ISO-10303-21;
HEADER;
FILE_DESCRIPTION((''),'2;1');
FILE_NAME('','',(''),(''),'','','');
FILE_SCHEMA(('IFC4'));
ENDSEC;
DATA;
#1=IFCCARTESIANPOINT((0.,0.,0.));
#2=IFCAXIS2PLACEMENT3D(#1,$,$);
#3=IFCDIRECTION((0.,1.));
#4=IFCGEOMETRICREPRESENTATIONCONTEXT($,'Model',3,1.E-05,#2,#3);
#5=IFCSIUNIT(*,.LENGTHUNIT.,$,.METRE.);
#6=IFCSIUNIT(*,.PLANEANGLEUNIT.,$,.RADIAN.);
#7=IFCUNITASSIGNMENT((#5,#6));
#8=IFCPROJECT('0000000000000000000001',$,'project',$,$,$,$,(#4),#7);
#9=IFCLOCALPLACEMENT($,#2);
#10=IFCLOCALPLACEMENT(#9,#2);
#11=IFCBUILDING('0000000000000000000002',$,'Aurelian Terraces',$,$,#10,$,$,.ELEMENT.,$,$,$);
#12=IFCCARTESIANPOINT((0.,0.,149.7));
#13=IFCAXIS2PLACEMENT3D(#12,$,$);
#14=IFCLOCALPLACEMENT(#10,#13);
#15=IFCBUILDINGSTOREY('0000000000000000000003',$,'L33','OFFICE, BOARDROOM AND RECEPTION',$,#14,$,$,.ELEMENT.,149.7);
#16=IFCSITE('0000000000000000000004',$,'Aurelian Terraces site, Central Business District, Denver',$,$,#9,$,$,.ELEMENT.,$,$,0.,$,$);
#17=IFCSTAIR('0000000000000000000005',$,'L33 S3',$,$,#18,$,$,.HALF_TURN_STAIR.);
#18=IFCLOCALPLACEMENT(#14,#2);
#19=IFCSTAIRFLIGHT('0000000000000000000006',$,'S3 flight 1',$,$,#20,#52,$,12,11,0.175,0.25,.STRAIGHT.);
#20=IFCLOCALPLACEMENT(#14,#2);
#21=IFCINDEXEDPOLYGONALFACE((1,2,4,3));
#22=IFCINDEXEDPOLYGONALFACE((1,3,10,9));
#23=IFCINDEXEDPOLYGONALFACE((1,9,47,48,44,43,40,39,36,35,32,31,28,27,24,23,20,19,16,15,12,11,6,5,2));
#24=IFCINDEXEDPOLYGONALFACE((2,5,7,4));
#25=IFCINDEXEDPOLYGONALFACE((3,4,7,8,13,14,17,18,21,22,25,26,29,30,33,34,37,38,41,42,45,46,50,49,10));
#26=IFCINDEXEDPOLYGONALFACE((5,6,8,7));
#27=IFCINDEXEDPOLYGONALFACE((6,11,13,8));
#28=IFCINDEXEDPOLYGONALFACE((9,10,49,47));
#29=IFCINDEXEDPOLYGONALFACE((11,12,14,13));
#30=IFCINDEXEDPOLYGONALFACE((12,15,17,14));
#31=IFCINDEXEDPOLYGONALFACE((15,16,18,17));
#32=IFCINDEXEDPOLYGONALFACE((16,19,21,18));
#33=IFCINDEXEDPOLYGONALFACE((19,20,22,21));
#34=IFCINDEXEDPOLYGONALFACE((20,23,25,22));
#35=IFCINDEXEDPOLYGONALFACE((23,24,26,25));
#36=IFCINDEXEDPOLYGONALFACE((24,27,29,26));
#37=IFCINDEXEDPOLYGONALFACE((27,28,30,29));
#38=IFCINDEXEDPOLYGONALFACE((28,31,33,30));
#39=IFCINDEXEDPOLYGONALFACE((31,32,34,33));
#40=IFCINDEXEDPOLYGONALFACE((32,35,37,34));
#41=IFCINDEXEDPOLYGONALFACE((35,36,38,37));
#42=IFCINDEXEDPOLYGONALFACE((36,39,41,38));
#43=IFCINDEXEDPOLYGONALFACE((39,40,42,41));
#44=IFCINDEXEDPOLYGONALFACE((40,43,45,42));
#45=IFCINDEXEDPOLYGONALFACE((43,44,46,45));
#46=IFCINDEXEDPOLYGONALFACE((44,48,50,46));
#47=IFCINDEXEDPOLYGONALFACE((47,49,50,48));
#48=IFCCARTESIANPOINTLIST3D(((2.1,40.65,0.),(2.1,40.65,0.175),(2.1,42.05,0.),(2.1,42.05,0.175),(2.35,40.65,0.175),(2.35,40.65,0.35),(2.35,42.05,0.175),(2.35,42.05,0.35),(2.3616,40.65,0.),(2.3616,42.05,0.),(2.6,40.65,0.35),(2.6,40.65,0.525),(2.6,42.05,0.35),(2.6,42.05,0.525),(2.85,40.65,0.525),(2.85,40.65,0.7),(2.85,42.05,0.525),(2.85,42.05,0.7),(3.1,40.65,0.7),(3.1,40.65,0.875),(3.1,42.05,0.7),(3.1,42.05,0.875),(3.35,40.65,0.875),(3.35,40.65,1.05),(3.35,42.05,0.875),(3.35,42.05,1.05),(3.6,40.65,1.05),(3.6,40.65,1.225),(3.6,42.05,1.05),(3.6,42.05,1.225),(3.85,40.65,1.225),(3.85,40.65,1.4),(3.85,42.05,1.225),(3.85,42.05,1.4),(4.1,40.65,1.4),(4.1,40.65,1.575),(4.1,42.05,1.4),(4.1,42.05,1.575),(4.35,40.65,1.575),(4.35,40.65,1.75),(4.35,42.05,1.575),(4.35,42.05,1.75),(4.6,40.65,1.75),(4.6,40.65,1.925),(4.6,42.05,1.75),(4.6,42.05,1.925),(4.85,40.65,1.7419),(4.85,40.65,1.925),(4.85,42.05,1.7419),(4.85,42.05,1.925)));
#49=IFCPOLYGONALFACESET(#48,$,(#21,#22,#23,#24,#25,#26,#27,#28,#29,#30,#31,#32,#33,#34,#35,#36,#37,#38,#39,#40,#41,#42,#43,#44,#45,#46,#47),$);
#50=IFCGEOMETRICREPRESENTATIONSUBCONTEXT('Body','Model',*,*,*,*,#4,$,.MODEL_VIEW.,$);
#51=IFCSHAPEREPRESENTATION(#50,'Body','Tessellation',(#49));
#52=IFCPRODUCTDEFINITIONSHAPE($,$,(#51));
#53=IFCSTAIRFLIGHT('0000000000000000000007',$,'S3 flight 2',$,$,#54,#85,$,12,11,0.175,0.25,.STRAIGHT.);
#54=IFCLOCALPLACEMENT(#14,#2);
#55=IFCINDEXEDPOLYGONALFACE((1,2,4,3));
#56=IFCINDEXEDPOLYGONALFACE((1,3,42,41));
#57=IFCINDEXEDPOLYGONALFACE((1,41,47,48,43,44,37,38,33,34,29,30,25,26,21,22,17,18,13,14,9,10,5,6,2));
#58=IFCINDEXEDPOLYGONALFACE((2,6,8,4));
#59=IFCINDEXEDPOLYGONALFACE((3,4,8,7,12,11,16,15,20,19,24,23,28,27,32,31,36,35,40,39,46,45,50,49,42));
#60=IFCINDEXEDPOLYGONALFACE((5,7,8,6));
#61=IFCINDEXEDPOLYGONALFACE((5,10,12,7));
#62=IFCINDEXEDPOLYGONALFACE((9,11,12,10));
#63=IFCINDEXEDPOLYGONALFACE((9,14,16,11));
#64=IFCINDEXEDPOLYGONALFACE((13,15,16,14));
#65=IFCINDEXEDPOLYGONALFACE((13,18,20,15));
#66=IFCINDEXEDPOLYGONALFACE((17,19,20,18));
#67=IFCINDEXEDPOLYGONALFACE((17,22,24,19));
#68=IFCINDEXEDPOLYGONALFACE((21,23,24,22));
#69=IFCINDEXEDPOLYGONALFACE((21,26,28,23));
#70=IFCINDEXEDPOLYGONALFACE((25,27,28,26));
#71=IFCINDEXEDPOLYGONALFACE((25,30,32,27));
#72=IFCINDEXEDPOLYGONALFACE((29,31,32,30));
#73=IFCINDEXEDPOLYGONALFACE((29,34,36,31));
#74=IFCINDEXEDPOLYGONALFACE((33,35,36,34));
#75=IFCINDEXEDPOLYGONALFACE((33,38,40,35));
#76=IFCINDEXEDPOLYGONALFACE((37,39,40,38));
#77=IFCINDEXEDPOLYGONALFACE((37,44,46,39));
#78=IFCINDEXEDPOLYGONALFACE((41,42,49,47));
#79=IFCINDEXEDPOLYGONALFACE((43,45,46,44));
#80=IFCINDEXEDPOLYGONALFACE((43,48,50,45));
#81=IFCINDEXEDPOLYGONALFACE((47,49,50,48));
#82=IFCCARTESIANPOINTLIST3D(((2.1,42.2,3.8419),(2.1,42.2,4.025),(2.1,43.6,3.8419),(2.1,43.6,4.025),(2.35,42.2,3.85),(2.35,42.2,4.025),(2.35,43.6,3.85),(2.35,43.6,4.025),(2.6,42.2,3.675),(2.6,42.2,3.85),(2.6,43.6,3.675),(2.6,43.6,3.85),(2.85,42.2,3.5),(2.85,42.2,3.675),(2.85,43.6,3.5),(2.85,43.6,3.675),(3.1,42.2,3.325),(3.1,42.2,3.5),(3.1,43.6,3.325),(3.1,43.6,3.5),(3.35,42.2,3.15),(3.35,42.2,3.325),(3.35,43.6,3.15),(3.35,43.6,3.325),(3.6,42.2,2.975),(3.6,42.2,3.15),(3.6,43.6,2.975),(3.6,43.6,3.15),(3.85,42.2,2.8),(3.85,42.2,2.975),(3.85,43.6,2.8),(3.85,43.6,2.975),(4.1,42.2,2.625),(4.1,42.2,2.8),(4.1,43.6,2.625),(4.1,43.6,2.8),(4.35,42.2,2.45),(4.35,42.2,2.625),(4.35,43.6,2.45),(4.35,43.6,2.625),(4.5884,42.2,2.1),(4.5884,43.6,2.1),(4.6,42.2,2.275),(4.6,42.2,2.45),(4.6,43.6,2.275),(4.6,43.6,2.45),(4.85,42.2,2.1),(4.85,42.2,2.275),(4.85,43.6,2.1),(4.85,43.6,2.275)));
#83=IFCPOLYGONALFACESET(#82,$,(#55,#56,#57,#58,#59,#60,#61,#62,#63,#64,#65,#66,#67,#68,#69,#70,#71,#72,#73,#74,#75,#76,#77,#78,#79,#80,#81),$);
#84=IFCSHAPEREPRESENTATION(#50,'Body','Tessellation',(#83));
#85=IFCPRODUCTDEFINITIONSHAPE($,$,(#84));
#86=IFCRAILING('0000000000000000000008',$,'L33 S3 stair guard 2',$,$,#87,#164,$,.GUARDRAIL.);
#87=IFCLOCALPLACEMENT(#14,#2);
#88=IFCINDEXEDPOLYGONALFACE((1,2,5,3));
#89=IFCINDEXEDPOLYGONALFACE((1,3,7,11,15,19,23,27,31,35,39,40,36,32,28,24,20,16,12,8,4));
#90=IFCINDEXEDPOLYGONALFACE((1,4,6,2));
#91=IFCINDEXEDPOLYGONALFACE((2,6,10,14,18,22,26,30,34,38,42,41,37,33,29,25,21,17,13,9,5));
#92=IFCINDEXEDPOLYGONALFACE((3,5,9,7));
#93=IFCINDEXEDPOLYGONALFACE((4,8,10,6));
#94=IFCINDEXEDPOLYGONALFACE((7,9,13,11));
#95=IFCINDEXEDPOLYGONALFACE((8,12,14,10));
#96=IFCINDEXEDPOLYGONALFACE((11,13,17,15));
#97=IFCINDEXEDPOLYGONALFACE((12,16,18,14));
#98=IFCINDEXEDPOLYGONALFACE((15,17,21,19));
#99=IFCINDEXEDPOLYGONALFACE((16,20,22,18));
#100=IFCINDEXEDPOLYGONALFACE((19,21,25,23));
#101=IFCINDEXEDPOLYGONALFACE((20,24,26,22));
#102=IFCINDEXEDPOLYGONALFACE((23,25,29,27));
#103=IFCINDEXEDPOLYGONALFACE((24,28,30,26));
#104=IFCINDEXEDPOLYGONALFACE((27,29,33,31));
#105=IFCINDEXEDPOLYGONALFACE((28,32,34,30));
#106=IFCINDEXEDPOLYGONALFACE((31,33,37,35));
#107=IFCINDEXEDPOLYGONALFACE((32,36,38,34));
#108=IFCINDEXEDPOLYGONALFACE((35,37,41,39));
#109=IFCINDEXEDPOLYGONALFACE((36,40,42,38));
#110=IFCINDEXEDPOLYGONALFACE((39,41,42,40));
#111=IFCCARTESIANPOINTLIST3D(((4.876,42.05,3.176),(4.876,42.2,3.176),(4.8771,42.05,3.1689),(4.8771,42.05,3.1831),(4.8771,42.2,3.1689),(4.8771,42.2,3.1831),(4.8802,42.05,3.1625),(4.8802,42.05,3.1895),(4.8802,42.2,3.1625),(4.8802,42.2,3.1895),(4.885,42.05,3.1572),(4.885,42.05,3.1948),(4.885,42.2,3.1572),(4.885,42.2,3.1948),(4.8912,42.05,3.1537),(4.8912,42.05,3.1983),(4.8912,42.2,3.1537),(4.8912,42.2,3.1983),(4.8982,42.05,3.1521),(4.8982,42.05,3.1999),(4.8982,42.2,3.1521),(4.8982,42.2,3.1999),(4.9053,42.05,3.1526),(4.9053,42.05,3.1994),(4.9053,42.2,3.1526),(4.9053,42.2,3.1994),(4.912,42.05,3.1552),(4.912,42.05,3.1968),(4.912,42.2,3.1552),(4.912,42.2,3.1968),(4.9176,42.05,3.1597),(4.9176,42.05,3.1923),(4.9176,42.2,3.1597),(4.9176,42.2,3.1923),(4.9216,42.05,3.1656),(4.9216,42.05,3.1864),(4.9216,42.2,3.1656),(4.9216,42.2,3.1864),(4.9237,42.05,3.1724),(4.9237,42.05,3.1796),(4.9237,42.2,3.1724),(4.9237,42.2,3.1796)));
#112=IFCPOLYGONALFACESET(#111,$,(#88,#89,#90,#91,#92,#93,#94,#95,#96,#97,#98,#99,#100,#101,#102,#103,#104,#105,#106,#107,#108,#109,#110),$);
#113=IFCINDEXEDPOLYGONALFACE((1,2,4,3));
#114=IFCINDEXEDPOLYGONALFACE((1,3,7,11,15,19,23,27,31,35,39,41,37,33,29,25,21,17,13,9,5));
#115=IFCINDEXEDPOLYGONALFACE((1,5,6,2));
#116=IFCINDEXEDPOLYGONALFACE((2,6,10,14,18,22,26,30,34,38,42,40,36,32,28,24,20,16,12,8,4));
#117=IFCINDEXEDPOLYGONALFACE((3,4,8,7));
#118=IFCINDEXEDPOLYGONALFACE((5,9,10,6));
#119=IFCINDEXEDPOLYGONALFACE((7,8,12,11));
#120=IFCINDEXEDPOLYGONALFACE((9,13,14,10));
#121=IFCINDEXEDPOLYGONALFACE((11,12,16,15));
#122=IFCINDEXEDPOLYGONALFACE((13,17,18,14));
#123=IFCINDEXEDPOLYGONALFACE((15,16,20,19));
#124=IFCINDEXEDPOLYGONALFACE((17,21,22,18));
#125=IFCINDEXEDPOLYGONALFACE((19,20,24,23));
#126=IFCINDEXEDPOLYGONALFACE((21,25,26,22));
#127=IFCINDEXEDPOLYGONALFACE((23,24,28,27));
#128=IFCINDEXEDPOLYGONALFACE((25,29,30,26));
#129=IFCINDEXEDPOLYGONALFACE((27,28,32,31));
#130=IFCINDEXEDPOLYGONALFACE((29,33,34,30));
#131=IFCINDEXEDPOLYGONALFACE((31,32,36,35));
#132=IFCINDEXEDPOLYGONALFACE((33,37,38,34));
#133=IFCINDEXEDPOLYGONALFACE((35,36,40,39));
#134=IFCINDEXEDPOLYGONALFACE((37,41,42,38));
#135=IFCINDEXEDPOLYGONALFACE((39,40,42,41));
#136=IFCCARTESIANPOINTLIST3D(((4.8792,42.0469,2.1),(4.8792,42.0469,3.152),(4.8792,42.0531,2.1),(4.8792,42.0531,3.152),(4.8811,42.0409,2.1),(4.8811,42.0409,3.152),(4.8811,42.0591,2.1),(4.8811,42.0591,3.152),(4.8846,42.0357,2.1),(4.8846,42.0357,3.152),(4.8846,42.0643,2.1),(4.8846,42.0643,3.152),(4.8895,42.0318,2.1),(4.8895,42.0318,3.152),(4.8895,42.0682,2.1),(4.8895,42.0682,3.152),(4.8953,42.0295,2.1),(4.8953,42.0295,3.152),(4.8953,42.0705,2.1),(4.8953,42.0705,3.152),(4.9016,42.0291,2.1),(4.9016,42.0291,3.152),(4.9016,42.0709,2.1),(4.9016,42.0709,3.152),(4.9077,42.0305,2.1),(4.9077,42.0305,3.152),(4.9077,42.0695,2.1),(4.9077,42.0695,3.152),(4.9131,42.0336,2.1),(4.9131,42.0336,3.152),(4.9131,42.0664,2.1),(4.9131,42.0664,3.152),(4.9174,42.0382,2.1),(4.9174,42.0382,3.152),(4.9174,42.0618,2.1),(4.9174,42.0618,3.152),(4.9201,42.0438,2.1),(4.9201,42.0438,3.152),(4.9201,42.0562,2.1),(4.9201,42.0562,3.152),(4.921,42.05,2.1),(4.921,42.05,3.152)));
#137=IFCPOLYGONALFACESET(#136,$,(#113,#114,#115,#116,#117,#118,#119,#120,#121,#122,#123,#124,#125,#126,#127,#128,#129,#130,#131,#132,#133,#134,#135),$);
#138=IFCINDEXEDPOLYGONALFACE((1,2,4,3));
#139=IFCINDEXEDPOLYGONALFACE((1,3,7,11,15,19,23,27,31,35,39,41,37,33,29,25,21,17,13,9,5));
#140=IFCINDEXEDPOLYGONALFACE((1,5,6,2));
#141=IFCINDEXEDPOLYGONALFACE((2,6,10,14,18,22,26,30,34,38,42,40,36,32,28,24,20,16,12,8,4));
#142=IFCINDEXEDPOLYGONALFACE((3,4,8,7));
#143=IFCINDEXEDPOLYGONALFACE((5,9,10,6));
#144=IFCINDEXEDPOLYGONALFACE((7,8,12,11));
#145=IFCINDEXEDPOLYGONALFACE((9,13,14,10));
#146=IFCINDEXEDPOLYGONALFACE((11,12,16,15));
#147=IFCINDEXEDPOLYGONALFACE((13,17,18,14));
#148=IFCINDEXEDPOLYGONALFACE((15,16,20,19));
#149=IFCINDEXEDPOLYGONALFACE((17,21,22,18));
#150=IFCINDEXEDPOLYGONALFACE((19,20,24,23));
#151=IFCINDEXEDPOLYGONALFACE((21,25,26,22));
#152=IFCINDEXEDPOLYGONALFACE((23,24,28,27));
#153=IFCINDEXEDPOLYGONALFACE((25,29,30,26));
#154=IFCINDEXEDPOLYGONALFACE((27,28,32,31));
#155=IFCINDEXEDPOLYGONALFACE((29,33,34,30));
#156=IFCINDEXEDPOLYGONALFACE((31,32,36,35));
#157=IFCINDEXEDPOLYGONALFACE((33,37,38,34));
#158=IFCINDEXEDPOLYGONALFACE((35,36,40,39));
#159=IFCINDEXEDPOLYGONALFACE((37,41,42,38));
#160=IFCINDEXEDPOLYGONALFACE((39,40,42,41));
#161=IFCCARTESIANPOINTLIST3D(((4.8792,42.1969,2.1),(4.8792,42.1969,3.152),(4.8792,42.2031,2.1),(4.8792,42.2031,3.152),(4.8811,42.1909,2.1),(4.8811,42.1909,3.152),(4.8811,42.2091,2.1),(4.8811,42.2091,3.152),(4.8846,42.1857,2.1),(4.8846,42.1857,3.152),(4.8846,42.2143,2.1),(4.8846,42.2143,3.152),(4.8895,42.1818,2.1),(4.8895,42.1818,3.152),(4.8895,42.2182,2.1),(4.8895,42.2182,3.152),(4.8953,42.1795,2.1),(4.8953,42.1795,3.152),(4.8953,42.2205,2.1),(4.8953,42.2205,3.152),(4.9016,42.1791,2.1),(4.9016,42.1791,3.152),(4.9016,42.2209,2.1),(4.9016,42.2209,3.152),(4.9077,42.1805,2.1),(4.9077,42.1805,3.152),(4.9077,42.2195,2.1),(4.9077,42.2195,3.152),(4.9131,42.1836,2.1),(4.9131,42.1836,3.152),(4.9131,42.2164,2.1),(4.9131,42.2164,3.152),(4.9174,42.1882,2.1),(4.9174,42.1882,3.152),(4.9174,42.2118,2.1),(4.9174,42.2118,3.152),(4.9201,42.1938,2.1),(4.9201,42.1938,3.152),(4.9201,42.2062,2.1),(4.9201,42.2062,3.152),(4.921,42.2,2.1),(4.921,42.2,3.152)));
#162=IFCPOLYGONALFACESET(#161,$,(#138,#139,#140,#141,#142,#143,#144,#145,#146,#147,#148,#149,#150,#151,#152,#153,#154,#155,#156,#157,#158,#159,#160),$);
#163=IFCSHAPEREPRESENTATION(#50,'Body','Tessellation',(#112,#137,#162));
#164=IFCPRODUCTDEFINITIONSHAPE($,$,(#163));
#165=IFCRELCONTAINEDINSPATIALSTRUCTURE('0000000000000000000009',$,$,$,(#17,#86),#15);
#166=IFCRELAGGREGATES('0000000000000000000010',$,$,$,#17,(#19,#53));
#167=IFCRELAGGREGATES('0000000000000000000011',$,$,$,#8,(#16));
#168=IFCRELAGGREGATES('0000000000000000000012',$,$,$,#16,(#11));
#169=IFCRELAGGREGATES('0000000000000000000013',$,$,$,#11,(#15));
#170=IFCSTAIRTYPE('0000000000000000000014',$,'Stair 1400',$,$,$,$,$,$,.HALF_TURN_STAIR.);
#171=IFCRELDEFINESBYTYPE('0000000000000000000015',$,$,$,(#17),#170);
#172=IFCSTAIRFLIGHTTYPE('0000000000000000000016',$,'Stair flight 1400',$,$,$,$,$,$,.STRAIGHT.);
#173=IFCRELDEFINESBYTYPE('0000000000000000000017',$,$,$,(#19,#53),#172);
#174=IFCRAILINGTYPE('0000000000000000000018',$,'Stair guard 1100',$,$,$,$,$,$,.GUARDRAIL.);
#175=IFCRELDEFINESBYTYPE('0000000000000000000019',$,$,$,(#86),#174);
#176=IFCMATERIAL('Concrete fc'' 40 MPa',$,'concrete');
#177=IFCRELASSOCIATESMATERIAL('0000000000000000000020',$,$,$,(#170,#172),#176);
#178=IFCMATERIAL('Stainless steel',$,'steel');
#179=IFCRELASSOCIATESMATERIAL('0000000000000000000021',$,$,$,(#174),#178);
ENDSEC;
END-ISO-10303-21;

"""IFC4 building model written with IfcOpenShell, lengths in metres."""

from ifc_helpers import new_model, si_unit, direction, frame, origin, origin_2d, place, context, subcontext, project, spatial, polyline, circle, outline, extrude, source, transform, mapped, material, type_object, element, aggregate, save


model = new_model("IFC4")

# Units and contexts
model_context = context("Model", 3, precision=1e-05, world=origin(), true_north=direction((0.0, 1.0)))
body_context = subcontext(model_context, "Body", "Model", "MODEL_VIEW")
ifc_project = project(units=[si_unit("LENGTHUNIT", "METRE"), si_unit("PLANEANGLEUNIT", "RADIAN")], contexts=[model_context])

# Site, building, storey
site_placement = place(None, origin())
site = spatial("IfcSite", under=ifc_project, at=site_placement, Name="Aurelian Terraces site, Central Business District, Denver", CompositionType="ELEMENT", RefElevation=0.0)
building_placement = place(site_placement, origin())
building = spatial("IfcBuilding", under=site, at=building_placement, Name="Aurelian Terraces", CompositionType="ELEMENT")
storey_placement = place(building_placement, frame((0.0, 0.0, 149.7)))
storey = spatial("IfcBuildingStorey", under=building, at=storey_placement, Name="L33", Description="OFFICE, BOARDROOM AND RECEPTION", CompositionType="ELEMENT", Elevation=149.7)

# Shared definitions
ifc_material_1 = material(Name="Concrete fc' 40 MPa", Category="concrete")

# Stair, stair flights
stair_type = type_object("IfcStairType", Name="Stair 1400", PredefinedType="HALF_TURN_STAIR", material=ifc_material_1)
stair_placement = place(storey_placement, origin())
stair = element("IfcStair", 1, at=stair_placement, inside=storey, type_object=stair_type, Name="L33 S3", PredefinedType="HALF_TURN_STAIR")
stair_flight_type = type_object("IfcStairFlightType", Name="Stair flight 1400", PredefinedType="STRAIGHT", material=ifc_material_1)
shared_shape_1 = source(origin(), body_context, "Body", "SweptSolid", [
    extrude(outline(polyline([(0.0, 0.0), (0.0, 0.175), (0.25, 0.175), (0.25, 0.35), (0.5, 0.35), (0.5, 0.525), (0.75, 0.525), (0.75, 0.7), (1.0, 0.7), (1.0, 0.875), (1.25, 0.875), (1.25, 1.05), (1.5, 1.05), (1.5, 1.225), (1.75, 1.225), (1.75, 1.4), (2.0, 1.4), (2.0, 1.575), (2.25, 1.575), (2.25, 1.75), (2.5, 1.75), (2.5, 1.925), (2.75, 1.925), (2.75, 2.1), (2.75, 1.7419), (0.2616, 0.0), (0.0, 0.0)])), frame((0.0, 0.7, 0.0), z_axis=(0.0, -1.0, 0.0), x_axis=(1.0, 0.0, 0.0)), (0.0, 0.0, 1.0), 1.4),
])
stair_flight_1_placement = place(storey_placement, frame((2.1, 41.35, 0.0), z_axis=(0.0, 0.0, 1.0), x_axis=(1.0, 0.0, 0.0)))
stair_flight_1 = element("IfcStairFlight", 2, at=stair_flight_1_placement, type_object=stair_flight_type, Name="S3 flight 1", NumberOfRisers=12, NumberOfTreads=11, PredefinedType="STRAIGHT", RiserHeight=0.175, TreadLength=0.25, context=body_context, shape_type="MappedRepresentation", body=[
    mapped(shared_shape_1, transform((0.0, 0.0, 0.0), scale=1.0)),
])
stair_flight_2_placement = place(storey_placement, frame((4.85, 42.9, 2.1), z_axis=(0.0, 0.0, 1.0), x_axis=(-1.0, 0.0, 0.0)))
stair_flight_2 = element("IfcStairFlight", 3, at=stair_flight_2_placement, type_object=stair_flight_type, Name="S3 flight 2", NumberOfRisers=12, NumberOfTreads=11, PredefinedType="STRAIGHT", RiserHeight=0.175, TreadLength=0.25, context=body_context, shape_type="MappedRepresentation", body=[
    mapped(shared_shape_1, transform((0.0, 0.0, 0.0), scale=1.0)),
])
aggregate(stair, [stair_flight_1, stair_flight_2])

# Railing
ifc_material_2 = material(Name="Stainless steel", Category="steel")
railing_type_1 = type_object("IfcRailingType", Name="Stair guard 1100", PredefinedType="GUARDRAIL", material=ifc_material_2)
shared_shape_2 = source(origin(), body_context, "Body", "SweptSolid", [
    extrude(circle(Radius=0.024, at=origin_2d()), frame((0.0, 0.0, 1.076), z_axis=(0.0, 1.0, 0.0), x_axis=(-1.0, 0.0, 0.0)), (0.0, 0.0, 1.0), 0.15),
    extrude(circle(Radius=0.021, at=origin_2d()), origin(), (0.0, 0.0, 1.0), 1.052),
    extrude(circle(Radius=0.021, at=origin_2d()), frame((0.0, 0.15, 0.0)), (0.0, 0.0, 1.0), 1.052),
])
for number, where, name in (
    (4, (4.9, 42.05, 2.1), "L33 S3 stair guard 2"),
):
    element("IfcRailing", number, at=place(storey_placement, frame(where)), inside=storey, type_object=railing_type_1, Name=name, PredefinedType="GUARDRAIL", context=body_context, shape_type="MappedRepresentation", body=[
        mapped(shared_shape_2, transform((0.0, 0.0, 0.0), scale=1.0)),
    ])

save(model, "model.ifc")
